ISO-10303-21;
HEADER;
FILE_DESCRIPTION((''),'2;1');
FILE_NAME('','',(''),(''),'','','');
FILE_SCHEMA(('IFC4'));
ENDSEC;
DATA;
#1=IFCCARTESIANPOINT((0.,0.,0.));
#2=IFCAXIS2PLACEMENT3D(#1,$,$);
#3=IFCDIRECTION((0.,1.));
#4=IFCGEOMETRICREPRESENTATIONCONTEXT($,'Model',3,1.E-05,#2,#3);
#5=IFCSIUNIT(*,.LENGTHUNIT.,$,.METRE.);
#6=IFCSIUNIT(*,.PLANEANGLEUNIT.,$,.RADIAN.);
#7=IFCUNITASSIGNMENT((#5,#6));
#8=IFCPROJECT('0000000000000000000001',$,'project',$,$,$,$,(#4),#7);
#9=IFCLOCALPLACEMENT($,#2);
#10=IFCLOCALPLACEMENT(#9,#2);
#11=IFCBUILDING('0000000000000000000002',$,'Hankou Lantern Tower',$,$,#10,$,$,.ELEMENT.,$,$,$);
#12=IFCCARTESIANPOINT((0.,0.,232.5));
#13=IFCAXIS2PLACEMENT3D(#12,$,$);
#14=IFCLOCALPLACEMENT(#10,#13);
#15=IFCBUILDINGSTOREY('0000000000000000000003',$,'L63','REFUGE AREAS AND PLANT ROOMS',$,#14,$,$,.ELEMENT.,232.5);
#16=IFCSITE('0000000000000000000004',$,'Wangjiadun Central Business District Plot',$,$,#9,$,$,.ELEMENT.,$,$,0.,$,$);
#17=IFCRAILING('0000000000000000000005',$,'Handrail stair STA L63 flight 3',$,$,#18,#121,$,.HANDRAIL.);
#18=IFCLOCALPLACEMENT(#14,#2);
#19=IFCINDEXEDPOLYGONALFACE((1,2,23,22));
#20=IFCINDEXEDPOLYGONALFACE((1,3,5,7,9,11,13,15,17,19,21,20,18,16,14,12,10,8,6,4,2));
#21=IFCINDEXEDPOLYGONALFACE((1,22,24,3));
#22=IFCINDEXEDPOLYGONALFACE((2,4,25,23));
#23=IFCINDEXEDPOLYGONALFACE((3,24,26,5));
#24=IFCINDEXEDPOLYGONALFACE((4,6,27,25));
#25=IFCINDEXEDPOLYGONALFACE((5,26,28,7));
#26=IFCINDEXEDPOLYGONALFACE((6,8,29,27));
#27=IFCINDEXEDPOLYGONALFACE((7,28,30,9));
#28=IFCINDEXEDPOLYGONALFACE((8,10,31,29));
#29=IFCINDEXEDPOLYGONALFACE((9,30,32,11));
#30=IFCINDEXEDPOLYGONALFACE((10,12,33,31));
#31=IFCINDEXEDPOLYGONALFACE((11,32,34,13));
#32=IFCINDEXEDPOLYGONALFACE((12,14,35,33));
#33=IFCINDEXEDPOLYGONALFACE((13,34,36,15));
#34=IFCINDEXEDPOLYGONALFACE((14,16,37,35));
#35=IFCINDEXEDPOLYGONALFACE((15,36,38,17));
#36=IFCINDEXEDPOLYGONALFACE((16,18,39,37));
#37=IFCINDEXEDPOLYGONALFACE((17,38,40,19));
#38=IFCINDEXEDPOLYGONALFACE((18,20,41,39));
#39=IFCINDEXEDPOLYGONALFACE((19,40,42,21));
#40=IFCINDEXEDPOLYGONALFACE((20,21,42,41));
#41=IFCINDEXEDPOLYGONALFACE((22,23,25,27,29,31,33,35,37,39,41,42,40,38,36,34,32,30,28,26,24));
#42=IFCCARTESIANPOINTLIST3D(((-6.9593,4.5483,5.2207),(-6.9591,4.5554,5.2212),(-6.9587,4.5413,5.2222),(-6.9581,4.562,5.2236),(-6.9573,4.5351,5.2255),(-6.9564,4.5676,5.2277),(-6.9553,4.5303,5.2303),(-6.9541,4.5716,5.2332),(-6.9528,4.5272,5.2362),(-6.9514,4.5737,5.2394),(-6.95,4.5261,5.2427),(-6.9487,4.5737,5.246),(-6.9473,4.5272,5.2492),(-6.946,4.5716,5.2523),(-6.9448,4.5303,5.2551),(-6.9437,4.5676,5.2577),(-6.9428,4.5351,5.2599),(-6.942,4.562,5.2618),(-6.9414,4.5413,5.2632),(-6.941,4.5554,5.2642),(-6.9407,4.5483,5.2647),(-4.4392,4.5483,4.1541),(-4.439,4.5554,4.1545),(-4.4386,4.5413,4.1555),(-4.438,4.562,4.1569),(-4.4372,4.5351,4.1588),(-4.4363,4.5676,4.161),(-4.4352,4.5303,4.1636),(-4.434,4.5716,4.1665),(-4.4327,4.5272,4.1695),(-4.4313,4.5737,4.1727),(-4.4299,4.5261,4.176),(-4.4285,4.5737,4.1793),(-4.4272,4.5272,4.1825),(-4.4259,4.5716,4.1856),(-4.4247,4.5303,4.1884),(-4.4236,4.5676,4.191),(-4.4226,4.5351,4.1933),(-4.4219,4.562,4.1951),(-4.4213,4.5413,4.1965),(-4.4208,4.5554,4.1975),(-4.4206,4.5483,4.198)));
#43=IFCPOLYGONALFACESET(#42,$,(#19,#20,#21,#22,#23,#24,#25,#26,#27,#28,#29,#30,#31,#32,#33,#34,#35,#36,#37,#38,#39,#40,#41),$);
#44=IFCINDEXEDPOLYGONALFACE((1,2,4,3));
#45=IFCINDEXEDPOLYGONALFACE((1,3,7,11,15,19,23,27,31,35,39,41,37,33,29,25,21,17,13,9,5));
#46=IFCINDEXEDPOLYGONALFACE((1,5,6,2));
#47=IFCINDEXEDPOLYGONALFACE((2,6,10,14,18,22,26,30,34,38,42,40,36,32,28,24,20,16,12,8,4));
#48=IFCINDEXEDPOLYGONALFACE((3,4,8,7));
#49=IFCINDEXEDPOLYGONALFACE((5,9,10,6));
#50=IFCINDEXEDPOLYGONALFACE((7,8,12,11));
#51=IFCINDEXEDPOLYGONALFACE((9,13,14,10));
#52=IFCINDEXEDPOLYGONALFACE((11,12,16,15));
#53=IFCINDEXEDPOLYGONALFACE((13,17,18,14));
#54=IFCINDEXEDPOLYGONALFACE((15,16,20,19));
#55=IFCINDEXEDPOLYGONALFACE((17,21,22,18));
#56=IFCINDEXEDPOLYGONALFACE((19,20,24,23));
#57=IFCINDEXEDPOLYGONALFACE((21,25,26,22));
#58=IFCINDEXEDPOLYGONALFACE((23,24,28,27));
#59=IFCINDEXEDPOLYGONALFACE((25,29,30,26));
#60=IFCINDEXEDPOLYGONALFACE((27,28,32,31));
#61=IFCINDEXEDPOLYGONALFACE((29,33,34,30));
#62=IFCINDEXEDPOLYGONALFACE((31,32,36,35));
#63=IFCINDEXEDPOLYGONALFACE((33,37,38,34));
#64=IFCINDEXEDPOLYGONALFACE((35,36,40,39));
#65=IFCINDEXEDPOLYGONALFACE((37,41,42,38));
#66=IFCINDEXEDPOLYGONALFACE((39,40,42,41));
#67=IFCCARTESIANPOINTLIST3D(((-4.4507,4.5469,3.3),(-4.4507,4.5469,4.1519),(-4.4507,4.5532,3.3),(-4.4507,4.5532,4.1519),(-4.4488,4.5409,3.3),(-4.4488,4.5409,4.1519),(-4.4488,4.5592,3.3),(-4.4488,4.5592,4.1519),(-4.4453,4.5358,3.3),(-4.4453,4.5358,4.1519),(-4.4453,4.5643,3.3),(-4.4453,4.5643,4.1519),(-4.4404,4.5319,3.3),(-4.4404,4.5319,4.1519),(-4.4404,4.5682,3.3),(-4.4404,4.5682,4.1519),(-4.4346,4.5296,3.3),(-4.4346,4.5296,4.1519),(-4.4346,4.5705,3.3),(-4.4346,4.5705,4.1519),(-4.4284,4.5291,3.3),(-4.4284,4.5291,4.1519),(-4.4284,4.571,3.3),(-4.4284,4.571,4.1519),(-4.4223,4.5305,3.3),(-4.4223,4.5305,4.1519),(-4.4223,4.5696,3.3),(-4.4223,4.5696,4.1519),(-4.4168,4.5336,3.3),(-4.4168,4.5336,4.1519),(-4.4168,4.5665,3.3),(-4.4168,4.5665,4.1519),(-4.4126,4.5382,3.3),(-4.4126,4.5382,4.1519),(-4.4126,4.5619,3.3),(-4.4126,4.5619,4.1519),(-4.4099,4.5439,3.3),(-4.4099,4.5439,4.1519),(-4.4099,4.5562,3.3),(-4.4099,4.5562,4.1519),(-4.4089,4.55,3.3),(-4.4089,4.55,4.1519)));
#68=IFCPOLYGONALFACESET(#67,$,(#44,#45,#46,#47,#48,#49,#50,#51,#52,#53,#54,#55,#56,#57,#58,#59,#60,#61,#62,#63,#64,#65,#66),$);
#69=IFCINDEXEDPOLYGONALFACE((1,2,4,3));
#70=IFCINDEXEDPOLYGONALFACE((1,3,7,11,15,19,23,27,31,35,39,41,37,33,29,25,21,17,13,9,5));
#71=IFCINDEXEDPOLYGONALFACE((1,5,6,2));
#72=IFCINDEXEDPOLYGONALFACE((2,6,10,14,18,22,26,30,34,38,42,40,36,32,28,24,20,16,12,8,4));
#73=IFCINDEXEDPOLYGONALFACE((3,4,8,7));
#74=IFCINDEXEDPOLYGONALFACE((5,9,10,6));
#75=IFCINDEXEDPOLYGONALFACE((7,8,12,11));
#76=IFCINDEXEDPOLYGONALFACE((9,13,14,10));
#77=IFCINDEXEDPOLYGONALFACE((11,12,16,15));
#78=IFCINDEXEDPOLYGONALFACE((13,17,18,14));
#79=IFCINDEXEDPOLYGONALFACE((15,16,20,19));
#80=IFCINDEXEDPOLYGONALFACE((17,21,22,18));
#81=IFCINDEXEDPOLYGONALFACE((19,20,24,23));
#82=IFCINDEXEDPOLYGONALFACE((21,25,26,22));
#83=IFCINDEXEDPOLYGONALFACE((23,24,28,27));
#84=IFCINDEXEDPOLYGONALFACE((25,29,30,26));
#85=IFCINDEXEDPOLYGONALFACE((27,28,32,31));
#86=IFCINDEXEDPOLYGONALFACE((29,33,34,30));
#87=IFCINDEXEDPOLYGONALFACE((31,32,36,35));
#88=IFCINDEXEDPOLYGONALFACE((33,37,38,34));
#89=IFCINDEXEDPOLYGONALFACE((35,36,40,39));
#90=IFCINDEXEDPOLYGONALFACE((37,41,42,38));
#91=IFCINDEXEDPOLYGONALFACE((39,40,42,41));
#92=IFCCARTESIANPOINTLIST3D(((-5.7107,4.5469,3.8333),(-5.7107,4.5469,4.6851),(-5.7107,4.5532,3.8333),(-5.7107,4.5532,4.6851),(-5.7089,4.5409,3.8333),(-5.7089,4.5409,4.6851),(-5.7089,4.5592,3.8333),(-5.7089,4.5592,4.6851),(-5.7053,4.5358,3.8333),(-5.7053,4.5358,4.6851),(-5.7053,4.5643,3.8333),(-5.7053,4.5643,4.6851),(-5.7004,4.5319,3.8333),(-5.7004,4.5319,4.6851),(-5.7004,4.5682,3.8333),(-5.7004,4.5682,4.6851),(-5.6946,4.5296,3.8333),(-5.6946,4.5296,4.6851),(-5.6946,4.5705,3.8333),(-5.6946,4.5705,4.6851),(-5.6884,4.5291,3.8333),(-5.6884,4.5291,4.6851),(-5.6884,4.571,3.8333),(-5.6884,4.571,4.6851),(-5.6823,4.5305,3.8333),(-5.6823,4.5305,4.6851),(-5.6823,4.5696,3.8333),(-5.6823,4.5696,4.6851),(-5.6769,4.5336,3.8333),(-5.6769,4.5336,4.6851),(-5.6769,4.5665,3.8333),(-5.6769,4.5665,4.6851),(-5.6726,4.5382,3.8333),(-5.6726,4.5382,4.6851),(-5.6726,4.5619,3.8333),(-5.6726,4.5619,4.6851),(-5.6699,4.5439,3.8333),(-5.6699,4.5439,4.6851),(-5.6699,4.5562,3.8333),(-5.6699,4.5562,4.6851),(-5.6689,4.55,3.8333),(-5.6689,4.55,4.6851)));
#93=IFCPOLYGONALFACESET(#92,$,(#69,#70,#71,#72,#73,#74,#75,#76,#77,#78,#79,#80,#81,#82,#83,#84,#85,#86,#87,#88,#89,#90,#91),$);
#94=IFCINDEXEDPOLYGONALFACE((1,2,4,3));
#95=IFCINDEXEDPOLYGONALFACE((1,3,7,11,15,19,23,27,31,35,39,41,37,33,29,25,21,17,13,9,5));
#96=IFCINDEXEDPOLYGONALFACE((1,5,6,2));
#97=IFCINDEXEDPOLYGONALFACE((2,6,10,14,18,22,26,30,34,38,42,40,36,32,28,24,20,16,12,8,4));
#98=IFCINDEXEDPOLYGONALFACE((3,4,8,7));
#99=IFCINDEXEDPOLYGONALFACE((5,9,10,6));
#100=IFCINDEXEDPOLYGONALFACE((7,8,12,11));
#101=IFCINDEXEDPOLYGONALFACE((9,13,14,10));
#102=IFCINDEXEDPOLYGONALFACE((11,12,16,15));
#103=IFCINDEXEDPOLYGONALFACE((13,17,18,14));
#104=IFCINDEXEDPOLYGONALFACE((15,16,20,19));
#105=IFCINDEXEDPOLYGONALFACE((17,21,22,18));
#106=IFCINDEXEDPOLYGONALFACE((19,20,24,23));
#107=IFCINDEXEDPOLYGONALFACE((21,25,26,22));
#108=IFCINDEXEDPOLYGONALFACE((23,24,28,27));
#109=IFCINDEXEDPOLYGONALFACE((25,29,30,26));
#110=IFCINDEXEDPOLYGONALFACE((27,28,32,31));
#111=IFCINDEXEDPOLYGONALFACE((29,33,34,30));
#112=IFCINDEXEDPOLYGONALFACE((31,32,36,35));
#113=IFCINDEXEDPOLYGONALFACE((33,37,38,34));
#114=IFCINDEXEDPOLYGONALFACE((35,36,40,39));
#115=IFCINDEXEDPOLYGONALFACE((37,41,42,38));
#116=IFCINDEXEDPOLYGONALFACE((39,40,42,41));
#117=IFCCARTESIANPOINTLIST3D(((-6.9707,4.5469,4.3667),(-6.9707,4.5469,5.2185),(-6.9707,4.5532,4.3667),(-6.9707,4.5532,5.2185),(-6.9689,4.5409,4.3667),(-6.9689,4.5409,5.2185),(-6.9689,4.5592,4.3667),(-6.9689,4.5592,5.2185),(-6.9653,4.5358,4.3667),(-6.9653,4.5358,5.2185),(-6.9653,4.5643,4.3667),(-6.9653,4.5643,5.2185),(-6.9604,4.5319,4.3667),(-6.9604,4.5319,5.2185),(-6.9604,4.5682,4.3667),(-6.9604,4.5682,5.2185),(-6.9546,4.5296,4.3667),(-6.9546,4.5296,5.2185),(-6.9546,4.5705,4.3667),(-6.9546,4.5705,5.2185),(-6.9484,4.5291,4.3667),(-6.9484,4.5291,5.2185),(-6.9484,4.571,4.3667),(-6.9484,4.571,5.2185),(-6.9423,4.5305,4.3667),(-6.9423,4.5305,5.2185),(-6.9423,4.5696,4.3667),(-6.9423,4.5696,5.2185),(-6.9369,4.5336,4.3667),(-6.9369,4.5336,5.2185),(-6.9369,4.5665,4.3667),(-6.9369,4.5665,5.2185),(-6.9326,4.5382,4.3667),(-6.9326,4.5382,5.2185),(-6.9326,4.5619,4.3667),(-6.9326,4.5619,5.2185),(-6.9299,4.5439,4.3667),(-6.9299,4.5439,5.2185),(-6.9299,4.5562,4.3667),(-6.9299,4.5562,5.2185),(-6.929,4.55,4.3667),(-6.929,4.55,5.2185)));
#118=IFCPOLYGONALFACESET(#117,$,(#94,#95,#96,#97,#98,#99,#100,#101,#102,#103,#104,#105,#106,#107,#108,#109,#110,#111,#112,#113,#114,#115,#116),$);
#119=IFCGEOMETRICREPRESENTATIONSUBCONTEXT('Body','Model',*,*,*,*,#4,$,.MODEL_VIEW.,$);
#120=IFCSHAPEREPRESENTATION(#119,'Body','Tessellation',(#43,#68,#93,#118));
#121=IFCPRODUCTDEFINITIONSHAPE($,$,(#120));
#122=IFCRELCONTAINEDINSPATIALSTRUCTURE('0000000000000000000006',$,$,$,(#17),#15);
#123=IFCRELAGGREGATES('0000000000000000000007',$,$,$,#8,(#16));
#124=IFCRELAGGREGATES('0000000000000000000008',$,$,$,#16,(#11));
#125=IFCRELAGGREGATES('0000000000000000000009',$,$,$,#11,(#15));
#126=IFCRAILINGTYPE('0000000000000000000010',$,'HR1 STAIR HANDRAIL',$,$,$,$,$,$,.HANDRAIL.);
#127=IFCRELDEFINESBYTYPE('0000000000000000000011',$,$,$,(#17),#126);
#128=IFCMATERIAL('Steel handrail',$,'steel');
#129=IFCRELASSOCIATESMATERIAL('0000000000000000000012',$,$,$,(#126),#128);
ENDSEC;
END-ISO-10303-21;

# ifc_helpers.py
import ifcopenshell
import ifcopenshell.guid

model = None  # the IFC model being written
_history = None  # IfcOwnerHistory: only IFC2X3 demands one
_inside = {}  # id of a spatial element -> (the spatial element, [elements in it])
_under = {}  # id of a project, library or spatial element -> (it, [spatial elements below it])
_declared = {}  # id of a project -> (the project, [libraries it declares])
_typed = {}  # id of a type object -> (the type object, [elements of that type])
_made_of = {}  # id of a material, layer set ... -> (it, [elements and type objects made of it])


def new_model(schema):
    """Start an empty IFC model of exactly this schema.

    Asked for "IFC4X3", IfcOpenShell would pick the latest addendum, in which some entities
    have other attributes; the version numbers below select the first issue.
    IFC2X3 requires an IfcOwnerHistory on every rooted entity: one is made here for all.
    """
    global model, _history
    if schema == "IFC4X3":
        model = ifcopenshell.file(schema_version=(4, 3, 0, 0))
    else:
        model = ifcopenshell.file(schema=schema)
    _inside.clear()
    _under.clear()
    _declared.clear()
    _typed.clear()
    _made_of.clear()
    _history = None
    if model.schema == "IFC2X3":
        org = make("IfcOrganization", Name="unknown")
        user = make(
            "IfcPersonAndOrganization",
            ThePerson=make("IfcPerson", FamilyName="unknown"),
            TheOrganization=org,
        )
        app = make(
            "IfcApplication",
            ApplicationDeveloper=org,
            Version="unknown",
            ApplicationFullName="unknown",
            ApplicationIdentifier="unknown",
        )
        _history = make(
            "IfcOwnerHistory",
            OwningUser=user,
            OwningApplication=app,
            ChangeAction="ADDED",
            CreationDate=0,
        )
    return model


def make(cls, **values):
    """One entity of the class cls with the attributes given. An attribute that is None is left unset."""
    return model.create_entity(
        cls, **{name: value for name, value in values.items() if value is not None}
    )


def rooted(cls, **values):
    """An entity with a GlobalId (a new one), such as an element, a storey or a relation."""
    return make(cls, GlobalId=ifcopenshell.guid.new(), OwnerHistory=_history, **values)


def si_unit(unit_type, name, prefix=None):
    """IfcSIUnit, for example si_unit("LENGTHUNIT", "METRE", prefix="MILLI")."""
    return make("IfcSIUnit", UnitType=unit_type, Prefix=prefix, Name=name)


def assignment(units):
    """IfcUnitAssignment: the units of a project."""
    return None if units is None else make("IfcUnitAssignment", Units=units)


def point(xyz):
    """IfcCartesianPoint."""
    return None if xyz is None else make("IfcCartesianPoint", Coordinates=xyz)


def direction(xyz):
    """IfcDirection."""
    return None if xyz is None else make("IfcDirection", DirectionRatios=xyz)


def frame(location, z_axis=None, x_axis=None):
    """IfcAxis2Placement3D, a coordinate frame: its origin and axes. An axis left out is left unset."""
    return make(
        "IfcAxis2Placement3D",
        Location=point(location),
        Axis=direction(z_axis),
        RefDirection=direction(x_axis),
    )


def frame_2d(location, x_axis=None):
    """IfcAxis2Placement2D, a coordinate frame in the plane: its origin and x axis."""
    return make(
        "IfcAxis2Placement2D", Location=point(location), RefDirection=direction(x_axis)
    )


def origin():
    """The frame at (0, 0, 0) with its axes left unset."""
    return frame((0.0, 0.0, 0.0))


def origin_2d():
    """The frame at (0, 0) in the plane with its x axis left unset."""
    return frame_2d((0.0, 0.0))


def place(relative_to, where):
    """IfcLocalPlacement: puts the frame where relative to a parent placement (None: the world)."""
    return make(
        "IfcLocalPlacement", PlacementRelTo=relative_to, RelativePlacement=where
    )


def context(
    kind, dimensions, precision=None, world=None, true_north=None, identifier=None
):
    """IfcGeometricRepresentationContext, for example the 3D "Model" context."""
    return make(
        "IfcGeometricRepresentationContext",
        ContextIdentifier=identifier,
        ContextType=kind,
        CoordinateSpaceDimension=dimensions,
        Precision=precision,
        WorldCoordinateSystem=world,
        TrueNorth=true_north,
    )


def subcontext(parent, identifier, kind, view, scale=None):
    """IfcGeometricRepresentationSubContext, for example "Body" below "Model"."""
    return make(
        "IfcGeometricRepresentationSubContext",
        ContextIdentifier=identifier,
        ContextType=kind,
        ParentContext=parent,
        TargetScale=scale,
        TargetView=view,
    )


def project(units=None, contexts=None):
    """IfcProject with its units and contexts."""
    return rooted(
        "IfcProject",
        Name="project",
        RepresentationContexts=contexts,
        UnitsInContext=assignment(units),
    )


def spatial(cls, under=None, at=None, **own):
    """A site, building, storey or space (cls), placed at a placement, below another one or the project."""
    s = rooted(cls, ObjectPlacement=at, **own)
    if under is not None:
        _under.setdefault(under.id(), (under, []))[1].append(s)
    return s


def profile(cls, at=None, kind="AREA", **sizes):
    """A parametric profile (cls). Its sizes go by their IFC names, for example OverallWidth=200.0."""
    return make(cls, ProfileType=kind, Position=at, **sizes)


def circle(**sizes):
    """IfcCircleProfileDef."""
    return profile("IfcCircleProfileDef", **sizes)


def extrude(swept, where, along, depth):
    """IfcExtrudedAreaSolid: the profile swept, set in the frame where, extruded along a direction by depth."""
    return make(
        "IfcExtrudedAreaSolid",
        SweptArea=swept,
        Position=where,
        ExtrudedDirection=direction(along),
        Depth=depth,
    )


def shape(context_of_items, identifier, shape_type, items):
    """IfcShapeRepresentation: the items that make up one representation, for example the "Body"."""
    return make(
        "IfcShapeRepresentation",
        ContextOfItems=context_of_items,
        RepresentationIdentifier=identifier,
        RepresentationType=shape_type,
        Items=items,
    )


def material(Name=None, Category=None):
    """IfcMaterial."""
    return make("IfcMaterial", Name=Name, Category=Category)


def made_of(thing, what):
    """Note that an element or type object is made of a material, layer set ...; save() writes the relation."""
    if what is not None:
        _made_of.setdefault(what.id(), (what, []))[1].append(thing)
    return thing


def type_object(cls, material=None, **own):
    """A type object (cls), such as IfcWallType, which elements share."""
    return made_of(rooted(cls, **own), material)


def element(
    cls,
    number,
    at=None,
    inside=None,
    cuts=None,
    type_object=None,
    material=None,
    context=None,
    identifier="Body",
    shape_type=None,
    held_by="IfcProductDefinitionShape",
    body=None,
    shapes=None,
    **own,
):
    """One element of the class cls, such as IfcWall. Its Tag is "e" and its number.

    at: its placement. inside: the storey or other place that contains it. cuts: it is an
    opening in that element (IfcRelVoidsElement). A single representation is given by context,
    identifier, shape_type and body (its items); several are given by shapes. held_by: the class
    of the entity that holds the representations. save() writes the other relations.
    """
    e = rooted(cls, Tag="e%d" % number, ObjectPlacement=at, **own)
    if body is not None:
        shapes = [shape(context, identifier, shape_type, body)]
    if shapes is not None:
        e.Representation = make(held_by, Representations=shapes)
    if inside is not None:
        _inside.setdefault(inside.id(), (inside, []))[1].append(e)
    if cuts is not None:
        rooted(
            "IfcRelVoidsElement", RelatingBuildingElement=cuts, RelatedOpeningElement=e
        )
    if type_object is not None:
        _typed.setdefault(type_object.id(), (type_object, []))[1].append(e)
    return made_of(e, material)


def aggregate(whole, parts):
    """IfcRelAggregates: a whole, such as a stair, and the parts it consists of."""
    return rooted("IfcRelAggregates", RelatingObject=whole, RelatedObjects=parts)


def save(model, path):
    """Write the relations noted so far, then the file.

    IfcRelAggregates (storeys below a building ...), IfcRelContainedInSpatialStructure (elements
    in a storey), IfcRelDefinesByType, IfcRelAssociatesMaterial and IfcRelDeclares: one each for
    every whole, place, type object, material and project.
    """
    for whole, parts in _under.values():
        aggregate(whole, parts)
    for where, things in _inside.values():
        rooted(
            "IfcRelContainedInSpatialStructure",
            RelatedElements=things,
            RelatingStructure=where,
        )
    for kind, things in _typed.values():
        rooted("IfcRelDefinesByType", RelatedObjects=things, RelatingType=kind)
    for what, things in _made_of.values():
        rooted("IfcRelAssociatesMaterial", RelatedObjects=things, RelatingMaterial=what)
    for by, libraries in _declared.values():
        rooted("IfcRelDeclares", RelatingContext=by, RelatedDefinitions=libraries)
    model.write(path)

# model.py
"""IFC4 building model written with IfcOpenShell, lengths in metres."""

from ifc_helpers import new_model, si_unit, direction, frame, origin, origin_2d, place, context, subcontext, project, spatial, circle, extrude, material, type_object, element, save


model = new_model("IFC4")

# Units and contexts
model_context = context("Model", 3, precision=1e-05, world=origin(), true_north=direction((0.0, 1.0)))
body_context = subcontext(model_context, "Body", "Model", "MODEL_VIEW")
ifc_project = project(units=[si_unit("LENGTHUNIT", "METRE"), si_unit("PLANEANGLEUNIT", "RADIAN")], contexts=[model_context])

# Site, building, storey
site_placement = place(None, origin())
site = spatial("IfcSite", under=ifc_project, at=site_placement, Name="Wangjiadun Central Business District Plot", CompositionType="ELEMENT", RefElevation=0.0)
building_placement = place(site_placement, origin())
building = spatial("IfcBuilding", under=site, at=building_placement, Name="Hankou Lantern Tower", CompositionType="ELEMENT")
storey_placement = place(building_placement, frame((0.0, 0.0, 232.5)))
storey = spatial("IfcBuildingStorey", under=building, at=storey_placement, Name="L63", Description="REFUGE AREAS AND PLANT ROOMS", CompositionType="ELEMENT", Elevation=232.5)

# Railing
ifc_material_1 = material(Name="Steel handrail", Category="steel")
railing_type = type_object("IfcRailingType", Name="HR1 STAIR HANDRAIL", PredefinedType="HANDRAIL", material=ifc_material_1)
railing_1_placement = place(storey_placement, frame((-4.4299, 4.55, 3.3)))
element("IfcRailing", 1, at=railing_1_placement, inside=storey, type_object=railing_type, Name="Handrail stair STA L63 flight 3", PredefinedType="HANDRAIL", context=body_context, shape_type="SweptSolid", body=[
    extrude(circle(Radius=0.0239, at=origin_2d()), frame((0.0, 0.0, 0.876), z_axis=(-0.920903, 0.0, 0.389791), x_axis=(0.0, -1.0, 0.0)), (0.0, 0.0, 1.0), 2.7366),
    extrude(circle(Radius=0.021, at=origin_2d()), origin(), (0.0, 0.0, 1.0), 0.8518),
    extrude(circle(Radius=0.021, at=origin_2d()), frame((-1.26, 0.0, 0.5332)), (0.0, 0.0, 1.0), 0.8518),
    extrude(circle(Radius=0.021, at=origin_2d()), frame((-2.52, 0.0, 1.0667)), (0.0, 0.0, 1.0), 0.8518),
])

save(model, "model.ifc")
